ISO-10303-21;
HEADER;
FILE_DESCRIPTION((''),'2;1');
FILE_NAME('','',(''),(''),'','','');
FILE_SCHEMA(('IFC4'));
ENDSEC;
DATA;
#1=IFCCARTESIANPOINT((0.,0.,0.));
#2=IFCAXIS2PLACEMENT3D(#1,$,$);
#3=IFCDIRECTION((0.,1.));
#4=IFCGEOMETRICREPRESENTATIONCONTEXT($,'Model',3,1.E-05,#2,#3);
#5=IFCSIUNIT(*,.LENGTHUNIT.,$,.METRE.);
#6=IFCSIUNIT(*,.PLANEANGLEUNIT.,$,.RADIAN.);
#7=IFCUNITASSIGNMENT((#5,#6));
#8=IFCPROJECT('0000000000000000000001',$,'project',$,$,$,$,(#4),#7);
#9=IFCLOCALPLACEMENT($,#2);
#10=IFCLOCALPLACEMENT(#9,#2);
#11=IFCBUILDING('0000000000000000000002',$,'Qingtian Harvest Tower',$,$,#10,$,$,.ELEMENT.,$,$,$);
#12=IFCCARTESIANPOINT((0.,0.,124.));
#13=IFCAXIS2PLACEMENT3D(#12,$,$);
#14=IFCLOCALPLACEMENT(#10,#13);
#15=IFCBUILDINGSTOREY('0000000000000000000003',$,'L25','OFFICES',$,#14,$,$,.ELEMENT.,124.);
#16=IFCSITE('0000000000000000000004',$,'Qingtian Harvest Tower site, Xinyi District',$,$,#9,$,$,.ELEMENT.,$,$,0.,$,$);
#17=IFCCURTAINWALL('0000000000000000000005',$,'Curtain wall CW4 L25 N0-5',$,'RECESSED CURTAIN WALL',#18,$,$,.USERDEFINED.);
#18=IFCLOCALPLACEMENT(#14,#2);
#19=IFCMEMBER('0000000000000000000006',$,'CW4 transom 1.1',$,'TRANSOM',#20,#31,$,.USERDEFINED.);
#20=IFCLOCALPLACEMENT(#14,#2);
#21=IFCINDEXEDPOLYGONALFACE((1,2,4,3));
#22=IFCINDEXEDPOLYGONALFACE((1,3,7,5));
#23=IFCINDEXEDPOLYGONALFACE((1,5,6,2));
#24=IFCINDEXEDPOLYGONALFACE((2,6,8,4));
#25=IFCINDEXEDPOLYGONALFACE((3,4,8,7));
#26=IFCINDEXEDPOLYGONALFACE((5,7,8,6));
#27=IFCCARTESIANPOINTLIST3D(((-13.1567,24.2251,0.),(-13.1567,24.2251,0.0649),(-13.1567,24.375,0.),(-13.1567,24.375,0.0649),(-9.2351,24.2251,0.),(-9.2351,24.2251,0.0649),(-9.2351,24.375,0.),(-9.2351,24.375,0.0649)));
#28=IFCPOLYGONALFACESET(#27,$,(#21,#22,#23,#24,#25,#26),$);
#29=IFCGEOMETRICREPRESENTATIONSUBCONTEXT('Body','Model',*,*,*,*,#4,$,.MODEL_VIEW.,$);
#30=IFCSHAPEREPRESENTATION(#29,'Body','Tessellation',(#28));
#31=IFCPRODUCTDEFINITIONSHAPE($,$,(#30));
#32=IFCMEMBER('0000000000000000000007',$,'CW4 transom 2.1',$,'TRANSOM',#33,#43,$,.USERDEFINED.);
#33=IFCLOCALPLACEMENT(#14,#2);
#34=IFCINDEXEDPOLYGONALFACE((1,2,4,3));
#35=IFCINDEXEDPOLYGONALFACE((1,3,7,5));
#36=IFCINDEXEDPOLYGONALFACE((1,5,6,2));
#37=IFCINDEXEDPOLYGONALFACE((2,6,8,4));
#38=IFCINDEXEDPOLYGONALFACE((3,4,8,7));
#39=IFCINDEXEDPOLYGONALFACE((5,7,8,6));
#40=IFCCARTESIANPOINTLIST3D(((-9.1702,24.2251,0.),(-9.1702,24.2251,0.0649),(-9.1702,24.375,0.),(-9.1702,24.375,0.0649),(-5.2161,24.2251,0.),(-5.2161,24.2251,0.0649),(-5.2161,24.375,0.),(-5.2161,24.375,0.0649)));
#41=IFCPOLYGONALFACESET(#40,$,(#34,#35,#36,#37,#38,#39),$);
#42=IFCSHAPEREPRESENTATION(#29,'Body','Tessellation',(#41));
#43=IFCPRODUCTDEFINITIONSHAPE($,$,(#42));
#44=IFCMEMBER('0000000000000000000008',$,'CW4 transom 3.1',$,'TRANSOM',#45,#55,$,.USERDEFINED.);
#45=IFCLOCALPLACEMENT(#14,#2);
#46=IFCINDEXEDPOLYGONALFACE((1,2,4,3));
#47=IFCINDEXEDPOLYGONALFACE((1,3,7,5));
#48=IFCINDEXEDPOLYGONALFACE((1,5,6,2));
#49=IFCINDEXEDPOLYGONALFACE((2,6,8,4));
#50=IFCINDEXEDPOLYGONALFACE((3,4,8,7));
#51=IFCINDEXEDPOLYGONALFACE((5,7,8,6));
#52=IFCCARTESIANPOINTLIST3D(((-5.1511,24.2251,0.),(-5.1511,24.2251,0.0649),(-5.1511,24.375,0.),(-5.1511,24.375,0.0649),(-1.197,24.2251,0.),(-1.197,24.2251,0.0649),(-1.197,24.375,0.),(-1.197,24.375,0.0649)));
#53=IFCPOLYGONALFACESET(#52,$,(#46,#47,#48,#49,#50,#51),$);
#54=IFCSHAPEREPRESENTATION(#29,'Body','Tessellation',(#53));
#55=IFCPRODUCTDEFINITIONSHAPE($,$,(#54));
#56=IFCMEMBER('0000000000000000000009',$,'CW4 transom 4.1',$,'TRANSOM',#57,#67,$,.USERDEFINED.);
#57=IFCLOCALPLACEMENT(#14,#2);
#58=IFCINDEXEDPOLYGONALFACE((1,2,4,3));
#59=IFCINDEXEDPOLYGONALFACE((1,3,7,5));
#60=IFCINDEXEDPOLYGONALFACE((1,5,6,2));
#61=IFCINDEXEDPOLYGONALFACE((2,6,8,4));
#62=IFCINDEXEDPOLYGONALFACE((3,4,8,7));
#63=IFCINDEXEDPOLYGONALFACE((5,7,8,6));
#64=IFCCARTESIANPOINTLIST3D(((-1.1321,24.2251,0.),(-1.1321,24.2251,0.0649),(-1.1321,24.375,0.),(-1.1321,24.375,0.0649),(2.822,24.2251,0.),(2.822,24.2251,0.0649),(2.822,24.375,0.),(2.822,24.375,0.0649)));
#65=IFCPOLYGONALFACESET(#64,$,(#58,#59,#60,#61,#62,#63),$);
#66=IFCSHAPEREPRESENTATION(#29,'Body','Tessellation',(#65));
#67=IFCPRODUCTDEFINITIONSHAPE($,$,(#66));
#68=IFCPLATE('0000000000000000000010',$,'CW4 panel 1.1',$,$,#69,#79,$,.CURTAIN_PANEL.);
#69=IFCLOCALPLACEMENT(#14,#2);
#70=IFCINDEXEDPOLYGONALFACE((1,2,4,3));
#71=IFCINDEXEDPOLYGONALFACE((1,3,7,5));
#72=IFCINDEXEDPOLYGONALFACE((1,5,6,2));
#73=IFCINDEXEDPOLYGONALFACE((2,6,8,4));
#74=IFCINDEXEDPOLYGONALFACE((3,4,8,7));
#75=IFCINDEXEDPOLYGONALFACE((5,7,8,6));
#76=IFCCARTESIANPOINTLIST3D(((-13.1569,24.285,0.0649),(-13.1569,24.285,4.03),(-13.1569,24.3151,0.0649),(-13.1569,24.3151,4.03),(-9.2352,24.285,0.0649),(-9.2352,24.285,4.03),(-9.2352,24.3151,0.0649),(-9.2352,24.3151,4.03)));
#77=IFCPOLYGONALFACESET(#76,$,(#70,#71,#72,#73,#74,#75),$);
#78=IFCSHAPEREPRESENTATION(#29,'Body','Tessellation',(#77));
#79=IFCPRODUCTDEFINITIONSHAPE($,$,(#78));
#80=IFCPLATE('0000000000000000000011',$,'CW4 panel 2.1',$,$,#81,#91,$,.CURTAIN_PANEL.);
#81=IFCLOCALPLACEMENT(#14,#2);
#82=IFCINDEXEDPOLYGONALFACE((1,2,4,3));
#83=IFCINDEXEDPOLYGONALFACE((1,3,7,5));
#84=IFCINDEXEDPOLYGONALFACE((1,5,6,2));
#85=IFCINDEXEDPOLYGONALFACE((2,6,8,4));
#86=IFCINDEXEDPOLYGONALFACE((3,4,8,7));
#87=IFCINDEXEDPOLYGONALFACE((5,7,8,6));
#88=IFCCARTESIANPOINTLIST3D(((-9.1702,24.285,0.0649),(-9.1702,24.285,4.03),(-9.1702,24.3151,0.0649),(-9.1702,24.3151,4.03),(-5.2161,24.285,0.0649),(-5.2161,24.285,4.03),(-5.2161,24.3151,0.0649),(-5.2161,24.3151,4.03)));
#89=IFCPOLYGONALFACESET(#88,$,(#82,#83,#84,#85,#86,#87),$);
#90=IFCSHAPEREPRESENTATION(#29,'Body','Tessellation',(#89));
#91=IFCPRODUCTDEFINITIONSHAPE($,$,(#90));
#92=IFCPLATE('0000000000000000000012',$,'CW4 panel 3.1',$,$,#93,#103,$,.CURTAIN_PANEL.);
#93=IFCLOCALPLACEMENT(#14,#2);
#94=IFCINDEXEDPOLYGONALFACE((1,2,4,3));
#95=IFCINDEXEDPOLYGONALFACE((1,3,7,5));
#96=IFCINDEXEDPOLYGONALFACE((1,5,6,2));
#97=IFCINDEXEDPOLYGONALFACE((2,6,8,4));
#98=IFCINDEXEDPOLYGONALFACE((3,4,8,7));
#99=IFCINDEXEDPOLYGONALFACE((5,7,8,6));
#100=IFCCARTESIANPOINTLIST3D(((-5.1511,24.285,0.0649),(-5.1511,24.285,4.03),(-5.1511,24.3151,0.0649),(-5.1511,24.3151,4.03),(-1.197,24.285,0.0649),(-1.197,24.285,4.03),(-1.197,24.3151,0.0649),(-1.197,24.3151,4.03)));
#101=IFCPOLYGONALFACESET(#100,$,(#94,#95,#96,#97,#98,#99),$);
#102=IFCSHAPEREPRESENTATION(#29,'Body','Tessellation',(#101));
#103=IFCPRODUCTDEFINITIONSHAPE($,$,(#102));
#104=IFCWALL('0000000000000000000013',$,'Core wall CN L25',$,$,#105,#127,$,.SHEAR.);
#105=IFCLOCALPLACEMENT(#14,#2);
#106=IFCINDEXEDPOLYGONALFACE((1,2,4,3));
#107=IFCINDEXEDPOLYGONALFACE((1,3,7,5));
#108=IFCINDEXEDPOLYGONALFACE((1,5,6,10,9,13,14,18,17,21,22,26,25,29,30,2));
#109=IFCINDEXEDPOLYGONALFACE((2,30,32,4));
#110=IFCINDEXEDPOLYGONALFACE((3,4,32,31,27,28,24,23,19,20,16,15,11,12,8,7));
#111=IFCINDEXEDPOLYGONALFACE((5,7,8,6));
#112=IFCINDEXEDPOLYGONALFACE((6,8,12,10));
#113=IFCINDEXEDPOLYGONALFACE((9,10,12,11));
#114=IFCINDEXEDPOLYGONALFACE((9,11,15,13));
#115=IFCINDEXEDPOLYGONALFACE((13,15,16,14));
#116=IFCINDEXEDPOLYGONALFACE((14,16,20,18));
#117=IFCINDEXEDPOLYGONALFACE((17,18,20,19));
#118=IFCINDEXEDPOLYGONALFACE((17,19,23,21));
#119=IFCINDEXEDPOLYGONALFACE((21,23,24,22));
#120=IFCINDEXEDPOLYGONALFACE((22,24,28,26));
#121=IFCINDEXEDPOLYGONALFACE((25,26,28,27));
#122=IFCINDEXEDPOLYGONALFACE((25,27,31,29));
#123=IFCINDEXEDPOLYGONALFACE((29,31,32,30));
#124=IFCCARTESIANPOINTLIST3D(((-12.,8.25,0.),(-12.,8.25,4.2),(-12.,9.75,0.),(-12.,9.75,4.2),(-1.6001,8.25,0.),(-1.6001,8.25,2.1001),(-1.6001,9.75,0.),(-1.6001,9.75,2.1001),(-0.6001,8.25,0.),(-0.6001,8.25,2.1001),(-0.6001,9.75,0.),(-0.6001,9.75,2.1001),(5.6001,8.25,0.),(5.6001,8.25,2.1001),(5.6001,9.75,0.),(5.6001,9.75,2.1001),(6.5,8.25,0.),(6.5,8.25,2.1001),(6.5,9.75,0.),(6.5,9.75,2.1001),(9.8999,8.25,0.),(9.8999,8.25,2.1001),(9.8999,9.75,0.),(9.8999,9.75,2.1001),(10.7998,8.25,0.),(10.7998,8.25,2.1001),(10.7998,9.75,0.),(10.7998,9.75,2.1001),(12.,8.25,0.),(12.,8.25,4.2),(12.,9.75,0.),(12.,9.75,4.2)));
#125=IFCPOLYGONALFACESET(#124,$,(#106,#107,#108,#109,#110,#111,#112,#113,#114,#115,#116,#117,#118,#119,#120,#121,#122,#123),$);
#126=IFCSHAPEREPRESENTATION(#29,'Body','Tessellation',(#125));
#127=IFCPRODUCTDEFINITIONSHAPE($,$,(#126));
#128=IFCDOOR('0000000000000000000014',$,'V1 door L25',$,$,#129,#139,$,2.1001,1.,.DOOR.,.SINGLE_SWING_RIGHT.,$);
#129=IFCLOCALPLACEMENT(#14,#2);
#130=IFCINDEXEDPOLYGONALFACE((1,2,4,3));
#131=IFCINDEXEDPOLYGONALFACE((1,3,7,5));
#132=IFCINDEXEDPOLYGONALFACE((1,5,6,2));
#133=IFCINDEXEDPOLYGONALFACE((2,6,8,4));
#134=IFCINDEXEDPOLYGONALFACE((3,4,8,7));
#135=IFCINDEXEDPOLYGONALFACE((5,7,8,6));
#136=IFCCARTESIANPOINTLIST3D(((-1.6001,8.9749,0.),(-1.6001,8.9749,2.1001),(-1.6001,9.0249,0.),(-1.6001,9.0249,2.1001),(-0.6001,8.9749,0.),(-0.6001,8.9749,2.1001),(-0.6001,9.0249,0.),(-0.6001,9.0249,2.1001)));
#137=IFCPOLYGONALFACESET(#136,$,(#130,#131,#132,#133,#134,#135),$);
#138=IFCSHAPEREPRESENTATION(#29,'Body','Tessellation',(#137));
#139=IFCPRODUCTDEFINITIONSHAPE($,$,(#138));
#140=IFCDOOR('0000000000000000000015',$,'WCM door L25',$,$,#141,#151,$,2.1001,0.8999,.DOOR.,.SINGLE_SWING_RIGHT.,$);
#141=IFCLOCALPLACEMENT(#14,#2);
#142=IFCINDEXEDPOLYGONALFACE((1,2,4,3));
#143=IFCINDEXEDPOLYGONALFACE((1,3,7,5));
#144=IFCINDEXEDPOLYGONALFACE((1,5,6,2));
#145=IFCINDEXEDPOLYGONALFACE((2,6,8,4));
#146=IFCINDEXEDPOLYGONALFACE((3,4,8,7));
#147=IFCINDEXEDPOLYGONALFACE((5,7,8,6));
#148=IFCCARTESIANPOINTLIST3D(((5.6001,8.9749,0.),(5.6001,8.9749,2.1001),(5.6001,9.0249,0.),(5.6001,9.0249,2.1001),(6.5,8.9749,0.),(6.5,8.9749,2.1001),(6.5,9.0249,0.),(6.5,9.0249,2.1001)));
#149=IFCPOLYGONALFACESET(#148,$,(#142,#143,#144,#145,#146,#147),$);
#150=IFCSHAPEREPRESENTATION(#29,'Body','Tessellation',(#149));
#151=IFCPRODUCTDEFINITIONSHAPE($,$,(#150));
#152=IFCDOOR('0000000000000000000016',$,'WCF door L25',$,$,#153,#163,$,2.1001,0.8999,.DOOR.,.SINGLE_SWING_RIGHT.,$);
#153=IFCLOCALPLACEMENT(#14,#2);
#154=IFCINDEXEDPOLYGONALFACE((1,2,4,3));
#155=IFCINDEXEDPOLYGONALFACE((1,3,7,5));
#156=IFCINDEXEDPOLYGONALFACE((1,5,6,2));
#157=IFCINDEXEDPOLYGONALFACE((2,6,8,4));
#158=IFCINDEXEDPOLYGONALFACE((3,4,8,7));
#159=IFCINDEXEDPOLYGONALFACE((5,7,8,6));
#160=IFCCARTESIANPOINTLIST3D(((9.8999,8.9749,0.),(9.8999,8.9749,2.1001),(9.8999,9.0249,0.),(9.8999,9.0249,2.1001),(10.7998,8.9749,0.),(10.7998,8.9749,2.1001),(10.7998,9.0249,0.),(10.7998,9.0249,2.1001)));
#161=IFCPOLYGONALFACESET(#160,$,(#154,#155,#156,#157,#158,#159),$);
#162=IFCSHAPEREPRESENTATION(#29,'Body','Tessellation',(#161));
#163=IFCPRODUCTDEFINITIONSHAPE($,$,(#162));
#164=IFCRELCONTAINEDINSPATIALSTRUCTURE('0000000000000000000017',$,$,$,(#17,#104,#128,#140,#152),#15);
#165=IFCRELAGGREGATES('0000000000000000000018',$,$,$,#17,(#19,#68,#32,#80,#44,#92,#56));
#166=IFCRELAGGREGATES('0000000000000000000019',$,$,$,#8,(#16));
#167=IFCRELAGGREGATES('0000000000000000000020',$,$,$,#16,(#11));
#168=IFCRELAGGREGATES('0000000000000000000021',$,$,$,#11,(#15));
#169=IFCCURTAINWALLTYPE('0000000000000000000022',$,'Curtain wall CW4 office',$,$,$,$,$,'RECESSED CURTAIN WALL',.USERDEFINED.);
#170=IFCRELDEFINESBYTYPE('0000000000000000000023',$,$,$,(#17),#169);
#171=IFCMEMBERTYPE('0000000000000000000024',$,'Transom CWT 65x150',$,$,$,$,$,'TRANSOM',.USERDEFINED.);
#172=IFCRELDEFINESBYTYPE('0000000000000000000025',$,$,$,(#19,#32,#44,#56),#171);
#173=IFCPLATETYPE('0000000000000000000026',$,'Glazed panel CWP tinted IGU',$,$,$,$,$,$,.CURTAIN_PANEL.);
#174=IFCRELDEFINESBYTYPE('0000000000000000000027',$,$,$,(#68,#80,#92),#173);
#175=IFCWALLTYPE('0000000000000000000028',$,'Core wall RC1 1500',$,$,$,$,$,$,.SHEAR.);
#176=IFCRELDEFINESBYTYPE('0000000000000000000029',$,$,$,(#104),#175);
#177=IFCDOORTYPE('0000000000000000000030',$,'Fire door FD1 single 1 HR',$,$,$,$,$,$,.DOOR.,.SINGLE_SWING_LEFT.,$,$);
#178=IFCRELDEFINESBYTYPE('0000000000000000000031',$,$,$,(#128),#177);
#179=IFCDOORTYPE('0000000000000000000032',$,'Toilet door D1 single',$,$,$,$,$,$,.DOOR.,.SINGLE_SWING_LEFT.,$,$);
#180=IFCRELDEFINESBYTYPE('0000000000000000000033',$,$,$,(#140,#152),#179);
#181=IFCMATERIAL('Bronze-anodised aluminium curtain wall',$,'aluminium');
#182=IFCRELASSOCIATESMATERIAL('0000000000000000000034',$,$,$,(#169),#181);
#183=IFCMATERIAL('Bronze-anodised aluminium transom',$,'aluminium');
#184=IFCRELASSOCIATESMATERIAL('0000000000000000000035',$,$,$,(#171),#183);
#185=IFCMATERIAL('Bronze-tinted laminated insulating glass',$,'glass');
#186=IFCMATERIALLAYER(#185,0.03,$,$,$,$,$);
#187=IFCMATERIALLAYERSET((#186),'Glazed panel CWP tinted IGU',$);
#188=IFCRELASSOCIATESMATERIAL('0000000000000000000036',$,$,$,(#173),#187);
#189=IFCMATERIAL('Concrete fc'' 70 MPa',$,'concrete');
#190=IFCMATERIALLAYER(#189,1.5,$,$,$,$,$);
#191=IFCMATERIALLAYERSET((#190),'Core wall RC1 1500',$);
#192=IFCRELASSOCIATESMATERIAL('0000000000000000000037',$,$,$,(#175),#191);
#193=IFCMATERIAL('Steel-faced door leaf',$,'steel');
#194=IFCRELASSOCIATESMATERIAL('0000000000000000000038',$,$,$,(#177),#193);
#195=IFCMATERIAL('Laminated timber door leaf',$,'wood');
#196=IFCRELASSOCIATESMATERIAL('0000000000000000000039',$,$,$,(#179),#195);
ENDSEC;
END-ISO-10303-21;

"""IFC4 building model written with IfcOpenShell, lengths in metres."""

from ifc_helpers import new_model, si_unit, direction, frame, frame_2d, origin, origin_2d, place, context, subcontext, project, spatial, rectangle, extrude, material, layer, layer_set, material_profile, profile_set, type_object, element, fill, aggregate, save


model = new_model("IFC4")

# Units and contexts
model_context = context("Model", 3, precision=1e-05, world=origin(), true_north=direction((0.0, 1.0)))
body_context = subcontext(model_context, "Body", "Model", "MODEL_VIEW")
ifc_project = project(units=[si_unit("LENGTHUNIT", "METRE"), si_unit("PLANEANGLEUNIT", "RADIAN")], contexts=[model_context])

# Site, building, storey
site_placement = place(None, origin())
site = spatial("IfcSite", under=ifc_project, at=site_placement, Name="Qingtian Harvest Tower site, Xinyi District", CompositionType="ELEMENT", RefElevation=0.0)
building_placement = place(site_placement, origin())
building = spatial("IfcBuilding", under=site, at=building_placement, Name="Qingtian Harvest Tower", CompositionType="ELEMENT")
storey_placement = place(building_placement, frame((0.0, 0.0, 124.0)))
storey = spatial("IfcBuildingStorey", under=building, at=storey_placement, Name="L25", Description="OFFICES", CompositionType="ELEMENT", Elevation=124.0)

# Curtain wall
ifc_material_1 = material(Name="Bronze-anodised aluminium curtain wall", Category="aluminium")
curtain_wall_type = type_object("IfcCurtainWallType", Name="Curtain wall CW4 office", ElementType="RECESSED CURTAIN WALL", PredefinedType="USERDEFINED", material=ifc_material_1)
curtain_wall_1_placement = place(storey_placement, origin())
curtain_wall_1 = element("IfcCurtainWall", 1, at=curtain_wall_1_placement, inside=storey, type_object=curtain_wall_type, Name="Curtain wall CW4 L25 N0-5", ObjectType="RECESSED CURTAIN WALL", PredefinedType="USERDEFINED")

# Members
ifc_material_2 = material(Name="Bronze-anodised aluminium transom", Category="aluminium")
ifc_material_profile_1 = material_profile(ifc_material_2, rectangle(XDim=0.1499, YDim=0.0649, at=origin_2d()), Name="AL 65x150")
ifc_profile_set_1 = profile_set([ifc_material_profile_1], Name="Bronze-anodised aluminium transom")
member_type_1 = type_object("IfcMemberType", Name="Transom CWT 65x150", ElementType="TRANSOM", PredefinedType="USERDEFINED", material=ifc_profile_set_1)
member_1_placement = place(storey_placement, frame((-13.1567, 24.3, 0.0325), z_axis=(1.0, 0.0, 0.0), x_axis=(0.0, 1.0, 0.0)))
member_1 = element("IfcMember", 2, at=member_1_placement, type_object=member_type_1, Name="CW4 transom 1.1", ObjectType="TRANSOM", PredefinedType="USERDEFINED", context=body_context, shape_type="SweptSolid", body=[
    extrude(rectangle(XDim=0.1499, YDim=0.0649, at=origin_2d()), origin(), (0.0, 0.0, 1.0), 3.9216),
])
member_2_placement = place(storey_placement, frame((-9.1702, 24.3, 0.0325), z_axis=(1.0, 0.0, 0.0), x_axis=(0.0, 1.0, 0.0)))
member_2 = element("IfcMember", 3, at=member_2_placement, type_object=member_type_1, Name="CW4 transom 2.1", ObjectType="TRANSOM", PredefinedType="USERDEFINED", context=body_context, shape_type="SweptSolid", body=[
    extrude(rectangle(XDim=0.1499, YDim=0.0649, at=origin_2d()), origin(), (0.0, 0.0, 1.0), 3.9541),
])
member_3_placement = place(storey_placement, frame((-5.1511, 24.3, 0.0325), z_axis=(1.0, 0.0, 0.0), x_axis=(0.0, 1.0, 0.0)))
member_3 = element("IfcMember", 4, at=member_3_placement, type_object=member_type_1, Name="CW4 transom 3.1", ObjectType="TRANSOM", PredefinedType="USERDEFINED", context=body_context, shape_type="SweptSolid", body=[
    extrude(rectangle(XDim=0.1499, YDim=0.0649, at=origin_2d()), origin(), (0.0, 0.0, 1.0), 3.9541),
])
member_4_placement = place(storey_placement, frame((-1.1321, 24.3, 0.0325), z_axis=(1.0, 0.0, 0.0), x_axis=(0.0, 1.0, 0.0)))
member_4 = element("IfcMember", 5, at=member_4_placement, type_object=member_type_1, Name="CW4 transom 4.1", ObjectType="TRANSOM", PredefinedType="USERDEFINED", context=body_context, shape_type="SweptSolid", body=[
    extrude(rectangle(XDim=0.1499, YDim=0.0649, at=origin_2d()), origin(), (0.0, 0.0, 1.0), 3.9541),
])

# Plates
ifc_material_3 = material(Name="Bronze-tinted laminated insulating glass", Category="glass")
ifc_layer_1 = layer(ifc_material_3, 0.03)
ifc_layer_set_1 = layer_set([ifc_layer_1], Name="Glazed panel CWP tinted IGU")
plate_type = type_object("IfcPlateType", Name="Glazed panel CWP tinted IGU", PredefinedType="CURTAIN_PANEL", material=ifc_layer_set_1)
plate_1_placement = place(storey_placement, frame((-11.196, 24.3, 0.0649), z_axis=(0.0, 0.0, 1.0), x_axis=(1.0, 0.0, 0.0)))
plate_1 = element("IfcPlate", 6, at=plate_1_placement, type_object=plate_type, Name="CW4 panel 1.1", PredefinedType="CURTAIN_PANEL", context=body_context, shape_type="SweptSolid", body=[
    extrude(rectangle(XDim=3.9216, YDim=0.03, at=origin_2d()), origin(), (0.0, 0.0, 1.0), 3.9651),
])
plate_2_placement = place(storey_placement, frame((-7.1931, 24.3, 0.0649), z_axis=(0.0, 0.0, 1.0), x_axis=(1.0, 0.0, 0.0)))
plate_2 = element("IfcPlate", 7, at=plate_2_placement, type_object=plate_type, Name="CW4 panel 2.1", PredefinedType="CURTAIN_PANEL", context=body_context, shape_type="SweptSolid", body=[
    extrude(rectangle(XDim=3.9541, YDim=0.03, at=origin_2d()), origin(), (0.0, 0.0, 1.0), 3.9651),
])
plate_3_placement = place(storey_placement, frame((-3.1741, 24.3, 0.0649), z_axis=(0.0, 0.0, 1.0), x_axis=(1.0, 0.0, 0.0)))
plate_3 = element("IfcPlate", 8, at=plate_3_placement, type_object=plate_type, Name="CW4 panel 3.1", PredefinedType="CURTAIN_PANEL", context=body_context, shape_type="SweptSolid", body=[
    extrude(rectangle(XDim=3.9541, YDim=0.03, at=origin_2d()), origin(), (0.0, 0.0, 1.0), 3.9651),
])
aggregate(curtain_wall_1, [member_1, plate_1, member_2, plate_2, member_3, plate_3, member_4])

# Wall, openings, doors
ifc_material_4 = material(Name="Concrete fc' 70 MPa", Category="concrete")
ifc_layer_2 = layer(ifc_material_4, 1.5)
ifc_layer_set_2 = layer_set([ifc_layer_2], Name="Core wall RC1 1500")
wall_type_1 = type_object("IfcWallType", Name="Core wall RC1 1500", PredefinedType="SHEAR", material=ifc_layer_set_2)
wall_1_placement = place(storey_placement, frame((-12.0, 9.0, 0.0), z_axis=(0.0, 0.0, 1.0), x_axis=(1.0, 0.0, 0.0)))
wall_1 = element("IfcWall", 9, at=wall_1_placement, inside=storey, type_object=wall_type_1, Name="Core wall CN L25", PredefinedType="SHEAR", context=body_context, shape_type="SweptSolid", body=[
    extrude(rectangle(XDim=24.0, YDim=1.5, at=frame_2d((12.0, 0.0))), origin(), (0.0, 0.0, 1.0), 4.2),
])
opening_1_placement = place(wall_1_placement, frame((10.3999, 0.0, 0.0)))
opening_1 = element("IfcOpeningElement", 10, at=opening_1_placement, cuts=wall_1, PredefinedType="OPENING", context=body_context, shape_type="SweptSolid", body=[
    extrude(rectangle(XDim=1.0, YDim=2.1001, at=frame_2d((0.5, 1.05))), frame((0.0, 0.76, 0.0), z_axis=(0.0, -1.0, 0.0), x_axis=(1.0, 0.0, 0.0)), (0.0, 0.0, 1.0), 1.52),
])
opening_2_placement = place(wall_1_placement, frame((17.6001, 0.0, 0.0)))
opening_2 = element("IfcOpeningElement", 11, at=opening_2_placement, cuts=wall_1, PredefinedType="OPENING", context=body_context, shape_type="SweptSolid", body=[
    extrude(rectangle(XDim=0.8999, YDim=2.1001, at=frame_2d((0.45, 1.05))), frame((0.0, 0.76, 0.0), z_axis=(0.0, -1.0, 0.0), x_axis=(1.0, 0.0, 0.0)), (0.0, 0.0, 1.0), 1.52),
])
opening_3_placement = place(wall_1_placement, frame((21.8999, 0.0, 0.0)))
opening_3 = element("IfcOpeningElement", 12, at=opening_3_placement, cuts=wall_1, PredefinedType="OPENING", context=body_context, shape_type="SweptSolid", body=[
    extrude(rectangle(XDim=0.8999, YDim=2.1001, at=frame_2d((0.45, 1.05))), frame((0.0, 0.76, 0.0), z_axis=(0.0, -1.0, 0.0), x_axis=(1.0, 0.0, 0.0)), (0.0, 0.0, 1.0), 1.52),
])
ifc_material_5 = material(Name="Steel-faced door leaf", Category="steel")
door_type_1 = type_object("IfcDoorType", Name="Fire door FD1 single 1 HR", OperationType="SINGLE_SWING_LEFT", PredefinedType="DOOR", material=ifc_material_5)
door_1_placement = place(opening_1_placement, origin())
door_1 = element("IfcDoor", 13, at=door_1_placement, inside=storey, type_object=door_type_1, Name="V1 door L25", OperationType="SINGLE_SWING_RIGHT", OverallHeight=2.1001, OverallWidth=1.0, PredefinedType="DOOR", context=body_context, shape_type="SweptSolid", body=[
    extrude(rectangle(XDim=1.0, YDim=2.1001, at=frame_2d((0.5, 1.05))), frame((0.0, 0.0249, 0.0), z_axis=(0.0, -1.0, 0.0), x_axis=(1.0, 0.0, 0.0)), (0.0, 0.0, 1.0), 0.05),
])
fill(opening_1, door_1)
ifc_material_6 = material(Name="Laminated timber door leaf", Category="wood")
door_type_2 = type_object("IfcDoorType", Name="Toilet door D1 single", OperationType="SINGLE_SWING_LEFT", PredefinedType="DOOR", material=ifc_material_6)
door_2_placement = place(opening_2_placement, origin())
door_2 = element("IfcDoor", 14, at=door_2_placement, inside=storey, type_object=door_type_2, Name="WCM door L25", OperationType="SINGLE_SWING_RIGHT", OverallHeight=2.1001, OverallWidth=0.8999, PredefinedType="DOOR", context=body_context, shape_type="SweptSolid", body=[
    extrude(rectangle(XDim=0.8999, YDim=2.1001, at=frame_2d((0.45, 1.05))), frame((0.0, 0.0249, 0.0), z_axis=(0.0, -1.0, 0.0), x_axis=(1.0, 0.0, 0.0)), (0.0, 0.0, 1.0), 0.05),
])
fill(opening_2, door_2)
door_3_placement = place(opening_3_placement, origin())
door_3 = element("IfcDoor", 15, at=door_3_placement, inside=storey, type_object=door_type_2, Name="WCF door L25", OperationType="SINGLE_SWING_RIGHT", OverallHeight=2.1001, OverallWidth=0.8999, PredefinedType="DOOR", context=body_context, shape_type="SweptSolid", body=[
    extrude(rectangle(XDim=0.8999, YDim=2.1001, at=frame_2d((0.45, 1.05))), frame((0.0, 0.0249, 0.0), z_axis=(0.0, -1.0, 0.0), x_axis=(1.0, 0.0, 0.0)), (0.0, 0.0, 1.0), 0.05),
])
fill(opening_3, door_3)

save(model, "model.ifc")
